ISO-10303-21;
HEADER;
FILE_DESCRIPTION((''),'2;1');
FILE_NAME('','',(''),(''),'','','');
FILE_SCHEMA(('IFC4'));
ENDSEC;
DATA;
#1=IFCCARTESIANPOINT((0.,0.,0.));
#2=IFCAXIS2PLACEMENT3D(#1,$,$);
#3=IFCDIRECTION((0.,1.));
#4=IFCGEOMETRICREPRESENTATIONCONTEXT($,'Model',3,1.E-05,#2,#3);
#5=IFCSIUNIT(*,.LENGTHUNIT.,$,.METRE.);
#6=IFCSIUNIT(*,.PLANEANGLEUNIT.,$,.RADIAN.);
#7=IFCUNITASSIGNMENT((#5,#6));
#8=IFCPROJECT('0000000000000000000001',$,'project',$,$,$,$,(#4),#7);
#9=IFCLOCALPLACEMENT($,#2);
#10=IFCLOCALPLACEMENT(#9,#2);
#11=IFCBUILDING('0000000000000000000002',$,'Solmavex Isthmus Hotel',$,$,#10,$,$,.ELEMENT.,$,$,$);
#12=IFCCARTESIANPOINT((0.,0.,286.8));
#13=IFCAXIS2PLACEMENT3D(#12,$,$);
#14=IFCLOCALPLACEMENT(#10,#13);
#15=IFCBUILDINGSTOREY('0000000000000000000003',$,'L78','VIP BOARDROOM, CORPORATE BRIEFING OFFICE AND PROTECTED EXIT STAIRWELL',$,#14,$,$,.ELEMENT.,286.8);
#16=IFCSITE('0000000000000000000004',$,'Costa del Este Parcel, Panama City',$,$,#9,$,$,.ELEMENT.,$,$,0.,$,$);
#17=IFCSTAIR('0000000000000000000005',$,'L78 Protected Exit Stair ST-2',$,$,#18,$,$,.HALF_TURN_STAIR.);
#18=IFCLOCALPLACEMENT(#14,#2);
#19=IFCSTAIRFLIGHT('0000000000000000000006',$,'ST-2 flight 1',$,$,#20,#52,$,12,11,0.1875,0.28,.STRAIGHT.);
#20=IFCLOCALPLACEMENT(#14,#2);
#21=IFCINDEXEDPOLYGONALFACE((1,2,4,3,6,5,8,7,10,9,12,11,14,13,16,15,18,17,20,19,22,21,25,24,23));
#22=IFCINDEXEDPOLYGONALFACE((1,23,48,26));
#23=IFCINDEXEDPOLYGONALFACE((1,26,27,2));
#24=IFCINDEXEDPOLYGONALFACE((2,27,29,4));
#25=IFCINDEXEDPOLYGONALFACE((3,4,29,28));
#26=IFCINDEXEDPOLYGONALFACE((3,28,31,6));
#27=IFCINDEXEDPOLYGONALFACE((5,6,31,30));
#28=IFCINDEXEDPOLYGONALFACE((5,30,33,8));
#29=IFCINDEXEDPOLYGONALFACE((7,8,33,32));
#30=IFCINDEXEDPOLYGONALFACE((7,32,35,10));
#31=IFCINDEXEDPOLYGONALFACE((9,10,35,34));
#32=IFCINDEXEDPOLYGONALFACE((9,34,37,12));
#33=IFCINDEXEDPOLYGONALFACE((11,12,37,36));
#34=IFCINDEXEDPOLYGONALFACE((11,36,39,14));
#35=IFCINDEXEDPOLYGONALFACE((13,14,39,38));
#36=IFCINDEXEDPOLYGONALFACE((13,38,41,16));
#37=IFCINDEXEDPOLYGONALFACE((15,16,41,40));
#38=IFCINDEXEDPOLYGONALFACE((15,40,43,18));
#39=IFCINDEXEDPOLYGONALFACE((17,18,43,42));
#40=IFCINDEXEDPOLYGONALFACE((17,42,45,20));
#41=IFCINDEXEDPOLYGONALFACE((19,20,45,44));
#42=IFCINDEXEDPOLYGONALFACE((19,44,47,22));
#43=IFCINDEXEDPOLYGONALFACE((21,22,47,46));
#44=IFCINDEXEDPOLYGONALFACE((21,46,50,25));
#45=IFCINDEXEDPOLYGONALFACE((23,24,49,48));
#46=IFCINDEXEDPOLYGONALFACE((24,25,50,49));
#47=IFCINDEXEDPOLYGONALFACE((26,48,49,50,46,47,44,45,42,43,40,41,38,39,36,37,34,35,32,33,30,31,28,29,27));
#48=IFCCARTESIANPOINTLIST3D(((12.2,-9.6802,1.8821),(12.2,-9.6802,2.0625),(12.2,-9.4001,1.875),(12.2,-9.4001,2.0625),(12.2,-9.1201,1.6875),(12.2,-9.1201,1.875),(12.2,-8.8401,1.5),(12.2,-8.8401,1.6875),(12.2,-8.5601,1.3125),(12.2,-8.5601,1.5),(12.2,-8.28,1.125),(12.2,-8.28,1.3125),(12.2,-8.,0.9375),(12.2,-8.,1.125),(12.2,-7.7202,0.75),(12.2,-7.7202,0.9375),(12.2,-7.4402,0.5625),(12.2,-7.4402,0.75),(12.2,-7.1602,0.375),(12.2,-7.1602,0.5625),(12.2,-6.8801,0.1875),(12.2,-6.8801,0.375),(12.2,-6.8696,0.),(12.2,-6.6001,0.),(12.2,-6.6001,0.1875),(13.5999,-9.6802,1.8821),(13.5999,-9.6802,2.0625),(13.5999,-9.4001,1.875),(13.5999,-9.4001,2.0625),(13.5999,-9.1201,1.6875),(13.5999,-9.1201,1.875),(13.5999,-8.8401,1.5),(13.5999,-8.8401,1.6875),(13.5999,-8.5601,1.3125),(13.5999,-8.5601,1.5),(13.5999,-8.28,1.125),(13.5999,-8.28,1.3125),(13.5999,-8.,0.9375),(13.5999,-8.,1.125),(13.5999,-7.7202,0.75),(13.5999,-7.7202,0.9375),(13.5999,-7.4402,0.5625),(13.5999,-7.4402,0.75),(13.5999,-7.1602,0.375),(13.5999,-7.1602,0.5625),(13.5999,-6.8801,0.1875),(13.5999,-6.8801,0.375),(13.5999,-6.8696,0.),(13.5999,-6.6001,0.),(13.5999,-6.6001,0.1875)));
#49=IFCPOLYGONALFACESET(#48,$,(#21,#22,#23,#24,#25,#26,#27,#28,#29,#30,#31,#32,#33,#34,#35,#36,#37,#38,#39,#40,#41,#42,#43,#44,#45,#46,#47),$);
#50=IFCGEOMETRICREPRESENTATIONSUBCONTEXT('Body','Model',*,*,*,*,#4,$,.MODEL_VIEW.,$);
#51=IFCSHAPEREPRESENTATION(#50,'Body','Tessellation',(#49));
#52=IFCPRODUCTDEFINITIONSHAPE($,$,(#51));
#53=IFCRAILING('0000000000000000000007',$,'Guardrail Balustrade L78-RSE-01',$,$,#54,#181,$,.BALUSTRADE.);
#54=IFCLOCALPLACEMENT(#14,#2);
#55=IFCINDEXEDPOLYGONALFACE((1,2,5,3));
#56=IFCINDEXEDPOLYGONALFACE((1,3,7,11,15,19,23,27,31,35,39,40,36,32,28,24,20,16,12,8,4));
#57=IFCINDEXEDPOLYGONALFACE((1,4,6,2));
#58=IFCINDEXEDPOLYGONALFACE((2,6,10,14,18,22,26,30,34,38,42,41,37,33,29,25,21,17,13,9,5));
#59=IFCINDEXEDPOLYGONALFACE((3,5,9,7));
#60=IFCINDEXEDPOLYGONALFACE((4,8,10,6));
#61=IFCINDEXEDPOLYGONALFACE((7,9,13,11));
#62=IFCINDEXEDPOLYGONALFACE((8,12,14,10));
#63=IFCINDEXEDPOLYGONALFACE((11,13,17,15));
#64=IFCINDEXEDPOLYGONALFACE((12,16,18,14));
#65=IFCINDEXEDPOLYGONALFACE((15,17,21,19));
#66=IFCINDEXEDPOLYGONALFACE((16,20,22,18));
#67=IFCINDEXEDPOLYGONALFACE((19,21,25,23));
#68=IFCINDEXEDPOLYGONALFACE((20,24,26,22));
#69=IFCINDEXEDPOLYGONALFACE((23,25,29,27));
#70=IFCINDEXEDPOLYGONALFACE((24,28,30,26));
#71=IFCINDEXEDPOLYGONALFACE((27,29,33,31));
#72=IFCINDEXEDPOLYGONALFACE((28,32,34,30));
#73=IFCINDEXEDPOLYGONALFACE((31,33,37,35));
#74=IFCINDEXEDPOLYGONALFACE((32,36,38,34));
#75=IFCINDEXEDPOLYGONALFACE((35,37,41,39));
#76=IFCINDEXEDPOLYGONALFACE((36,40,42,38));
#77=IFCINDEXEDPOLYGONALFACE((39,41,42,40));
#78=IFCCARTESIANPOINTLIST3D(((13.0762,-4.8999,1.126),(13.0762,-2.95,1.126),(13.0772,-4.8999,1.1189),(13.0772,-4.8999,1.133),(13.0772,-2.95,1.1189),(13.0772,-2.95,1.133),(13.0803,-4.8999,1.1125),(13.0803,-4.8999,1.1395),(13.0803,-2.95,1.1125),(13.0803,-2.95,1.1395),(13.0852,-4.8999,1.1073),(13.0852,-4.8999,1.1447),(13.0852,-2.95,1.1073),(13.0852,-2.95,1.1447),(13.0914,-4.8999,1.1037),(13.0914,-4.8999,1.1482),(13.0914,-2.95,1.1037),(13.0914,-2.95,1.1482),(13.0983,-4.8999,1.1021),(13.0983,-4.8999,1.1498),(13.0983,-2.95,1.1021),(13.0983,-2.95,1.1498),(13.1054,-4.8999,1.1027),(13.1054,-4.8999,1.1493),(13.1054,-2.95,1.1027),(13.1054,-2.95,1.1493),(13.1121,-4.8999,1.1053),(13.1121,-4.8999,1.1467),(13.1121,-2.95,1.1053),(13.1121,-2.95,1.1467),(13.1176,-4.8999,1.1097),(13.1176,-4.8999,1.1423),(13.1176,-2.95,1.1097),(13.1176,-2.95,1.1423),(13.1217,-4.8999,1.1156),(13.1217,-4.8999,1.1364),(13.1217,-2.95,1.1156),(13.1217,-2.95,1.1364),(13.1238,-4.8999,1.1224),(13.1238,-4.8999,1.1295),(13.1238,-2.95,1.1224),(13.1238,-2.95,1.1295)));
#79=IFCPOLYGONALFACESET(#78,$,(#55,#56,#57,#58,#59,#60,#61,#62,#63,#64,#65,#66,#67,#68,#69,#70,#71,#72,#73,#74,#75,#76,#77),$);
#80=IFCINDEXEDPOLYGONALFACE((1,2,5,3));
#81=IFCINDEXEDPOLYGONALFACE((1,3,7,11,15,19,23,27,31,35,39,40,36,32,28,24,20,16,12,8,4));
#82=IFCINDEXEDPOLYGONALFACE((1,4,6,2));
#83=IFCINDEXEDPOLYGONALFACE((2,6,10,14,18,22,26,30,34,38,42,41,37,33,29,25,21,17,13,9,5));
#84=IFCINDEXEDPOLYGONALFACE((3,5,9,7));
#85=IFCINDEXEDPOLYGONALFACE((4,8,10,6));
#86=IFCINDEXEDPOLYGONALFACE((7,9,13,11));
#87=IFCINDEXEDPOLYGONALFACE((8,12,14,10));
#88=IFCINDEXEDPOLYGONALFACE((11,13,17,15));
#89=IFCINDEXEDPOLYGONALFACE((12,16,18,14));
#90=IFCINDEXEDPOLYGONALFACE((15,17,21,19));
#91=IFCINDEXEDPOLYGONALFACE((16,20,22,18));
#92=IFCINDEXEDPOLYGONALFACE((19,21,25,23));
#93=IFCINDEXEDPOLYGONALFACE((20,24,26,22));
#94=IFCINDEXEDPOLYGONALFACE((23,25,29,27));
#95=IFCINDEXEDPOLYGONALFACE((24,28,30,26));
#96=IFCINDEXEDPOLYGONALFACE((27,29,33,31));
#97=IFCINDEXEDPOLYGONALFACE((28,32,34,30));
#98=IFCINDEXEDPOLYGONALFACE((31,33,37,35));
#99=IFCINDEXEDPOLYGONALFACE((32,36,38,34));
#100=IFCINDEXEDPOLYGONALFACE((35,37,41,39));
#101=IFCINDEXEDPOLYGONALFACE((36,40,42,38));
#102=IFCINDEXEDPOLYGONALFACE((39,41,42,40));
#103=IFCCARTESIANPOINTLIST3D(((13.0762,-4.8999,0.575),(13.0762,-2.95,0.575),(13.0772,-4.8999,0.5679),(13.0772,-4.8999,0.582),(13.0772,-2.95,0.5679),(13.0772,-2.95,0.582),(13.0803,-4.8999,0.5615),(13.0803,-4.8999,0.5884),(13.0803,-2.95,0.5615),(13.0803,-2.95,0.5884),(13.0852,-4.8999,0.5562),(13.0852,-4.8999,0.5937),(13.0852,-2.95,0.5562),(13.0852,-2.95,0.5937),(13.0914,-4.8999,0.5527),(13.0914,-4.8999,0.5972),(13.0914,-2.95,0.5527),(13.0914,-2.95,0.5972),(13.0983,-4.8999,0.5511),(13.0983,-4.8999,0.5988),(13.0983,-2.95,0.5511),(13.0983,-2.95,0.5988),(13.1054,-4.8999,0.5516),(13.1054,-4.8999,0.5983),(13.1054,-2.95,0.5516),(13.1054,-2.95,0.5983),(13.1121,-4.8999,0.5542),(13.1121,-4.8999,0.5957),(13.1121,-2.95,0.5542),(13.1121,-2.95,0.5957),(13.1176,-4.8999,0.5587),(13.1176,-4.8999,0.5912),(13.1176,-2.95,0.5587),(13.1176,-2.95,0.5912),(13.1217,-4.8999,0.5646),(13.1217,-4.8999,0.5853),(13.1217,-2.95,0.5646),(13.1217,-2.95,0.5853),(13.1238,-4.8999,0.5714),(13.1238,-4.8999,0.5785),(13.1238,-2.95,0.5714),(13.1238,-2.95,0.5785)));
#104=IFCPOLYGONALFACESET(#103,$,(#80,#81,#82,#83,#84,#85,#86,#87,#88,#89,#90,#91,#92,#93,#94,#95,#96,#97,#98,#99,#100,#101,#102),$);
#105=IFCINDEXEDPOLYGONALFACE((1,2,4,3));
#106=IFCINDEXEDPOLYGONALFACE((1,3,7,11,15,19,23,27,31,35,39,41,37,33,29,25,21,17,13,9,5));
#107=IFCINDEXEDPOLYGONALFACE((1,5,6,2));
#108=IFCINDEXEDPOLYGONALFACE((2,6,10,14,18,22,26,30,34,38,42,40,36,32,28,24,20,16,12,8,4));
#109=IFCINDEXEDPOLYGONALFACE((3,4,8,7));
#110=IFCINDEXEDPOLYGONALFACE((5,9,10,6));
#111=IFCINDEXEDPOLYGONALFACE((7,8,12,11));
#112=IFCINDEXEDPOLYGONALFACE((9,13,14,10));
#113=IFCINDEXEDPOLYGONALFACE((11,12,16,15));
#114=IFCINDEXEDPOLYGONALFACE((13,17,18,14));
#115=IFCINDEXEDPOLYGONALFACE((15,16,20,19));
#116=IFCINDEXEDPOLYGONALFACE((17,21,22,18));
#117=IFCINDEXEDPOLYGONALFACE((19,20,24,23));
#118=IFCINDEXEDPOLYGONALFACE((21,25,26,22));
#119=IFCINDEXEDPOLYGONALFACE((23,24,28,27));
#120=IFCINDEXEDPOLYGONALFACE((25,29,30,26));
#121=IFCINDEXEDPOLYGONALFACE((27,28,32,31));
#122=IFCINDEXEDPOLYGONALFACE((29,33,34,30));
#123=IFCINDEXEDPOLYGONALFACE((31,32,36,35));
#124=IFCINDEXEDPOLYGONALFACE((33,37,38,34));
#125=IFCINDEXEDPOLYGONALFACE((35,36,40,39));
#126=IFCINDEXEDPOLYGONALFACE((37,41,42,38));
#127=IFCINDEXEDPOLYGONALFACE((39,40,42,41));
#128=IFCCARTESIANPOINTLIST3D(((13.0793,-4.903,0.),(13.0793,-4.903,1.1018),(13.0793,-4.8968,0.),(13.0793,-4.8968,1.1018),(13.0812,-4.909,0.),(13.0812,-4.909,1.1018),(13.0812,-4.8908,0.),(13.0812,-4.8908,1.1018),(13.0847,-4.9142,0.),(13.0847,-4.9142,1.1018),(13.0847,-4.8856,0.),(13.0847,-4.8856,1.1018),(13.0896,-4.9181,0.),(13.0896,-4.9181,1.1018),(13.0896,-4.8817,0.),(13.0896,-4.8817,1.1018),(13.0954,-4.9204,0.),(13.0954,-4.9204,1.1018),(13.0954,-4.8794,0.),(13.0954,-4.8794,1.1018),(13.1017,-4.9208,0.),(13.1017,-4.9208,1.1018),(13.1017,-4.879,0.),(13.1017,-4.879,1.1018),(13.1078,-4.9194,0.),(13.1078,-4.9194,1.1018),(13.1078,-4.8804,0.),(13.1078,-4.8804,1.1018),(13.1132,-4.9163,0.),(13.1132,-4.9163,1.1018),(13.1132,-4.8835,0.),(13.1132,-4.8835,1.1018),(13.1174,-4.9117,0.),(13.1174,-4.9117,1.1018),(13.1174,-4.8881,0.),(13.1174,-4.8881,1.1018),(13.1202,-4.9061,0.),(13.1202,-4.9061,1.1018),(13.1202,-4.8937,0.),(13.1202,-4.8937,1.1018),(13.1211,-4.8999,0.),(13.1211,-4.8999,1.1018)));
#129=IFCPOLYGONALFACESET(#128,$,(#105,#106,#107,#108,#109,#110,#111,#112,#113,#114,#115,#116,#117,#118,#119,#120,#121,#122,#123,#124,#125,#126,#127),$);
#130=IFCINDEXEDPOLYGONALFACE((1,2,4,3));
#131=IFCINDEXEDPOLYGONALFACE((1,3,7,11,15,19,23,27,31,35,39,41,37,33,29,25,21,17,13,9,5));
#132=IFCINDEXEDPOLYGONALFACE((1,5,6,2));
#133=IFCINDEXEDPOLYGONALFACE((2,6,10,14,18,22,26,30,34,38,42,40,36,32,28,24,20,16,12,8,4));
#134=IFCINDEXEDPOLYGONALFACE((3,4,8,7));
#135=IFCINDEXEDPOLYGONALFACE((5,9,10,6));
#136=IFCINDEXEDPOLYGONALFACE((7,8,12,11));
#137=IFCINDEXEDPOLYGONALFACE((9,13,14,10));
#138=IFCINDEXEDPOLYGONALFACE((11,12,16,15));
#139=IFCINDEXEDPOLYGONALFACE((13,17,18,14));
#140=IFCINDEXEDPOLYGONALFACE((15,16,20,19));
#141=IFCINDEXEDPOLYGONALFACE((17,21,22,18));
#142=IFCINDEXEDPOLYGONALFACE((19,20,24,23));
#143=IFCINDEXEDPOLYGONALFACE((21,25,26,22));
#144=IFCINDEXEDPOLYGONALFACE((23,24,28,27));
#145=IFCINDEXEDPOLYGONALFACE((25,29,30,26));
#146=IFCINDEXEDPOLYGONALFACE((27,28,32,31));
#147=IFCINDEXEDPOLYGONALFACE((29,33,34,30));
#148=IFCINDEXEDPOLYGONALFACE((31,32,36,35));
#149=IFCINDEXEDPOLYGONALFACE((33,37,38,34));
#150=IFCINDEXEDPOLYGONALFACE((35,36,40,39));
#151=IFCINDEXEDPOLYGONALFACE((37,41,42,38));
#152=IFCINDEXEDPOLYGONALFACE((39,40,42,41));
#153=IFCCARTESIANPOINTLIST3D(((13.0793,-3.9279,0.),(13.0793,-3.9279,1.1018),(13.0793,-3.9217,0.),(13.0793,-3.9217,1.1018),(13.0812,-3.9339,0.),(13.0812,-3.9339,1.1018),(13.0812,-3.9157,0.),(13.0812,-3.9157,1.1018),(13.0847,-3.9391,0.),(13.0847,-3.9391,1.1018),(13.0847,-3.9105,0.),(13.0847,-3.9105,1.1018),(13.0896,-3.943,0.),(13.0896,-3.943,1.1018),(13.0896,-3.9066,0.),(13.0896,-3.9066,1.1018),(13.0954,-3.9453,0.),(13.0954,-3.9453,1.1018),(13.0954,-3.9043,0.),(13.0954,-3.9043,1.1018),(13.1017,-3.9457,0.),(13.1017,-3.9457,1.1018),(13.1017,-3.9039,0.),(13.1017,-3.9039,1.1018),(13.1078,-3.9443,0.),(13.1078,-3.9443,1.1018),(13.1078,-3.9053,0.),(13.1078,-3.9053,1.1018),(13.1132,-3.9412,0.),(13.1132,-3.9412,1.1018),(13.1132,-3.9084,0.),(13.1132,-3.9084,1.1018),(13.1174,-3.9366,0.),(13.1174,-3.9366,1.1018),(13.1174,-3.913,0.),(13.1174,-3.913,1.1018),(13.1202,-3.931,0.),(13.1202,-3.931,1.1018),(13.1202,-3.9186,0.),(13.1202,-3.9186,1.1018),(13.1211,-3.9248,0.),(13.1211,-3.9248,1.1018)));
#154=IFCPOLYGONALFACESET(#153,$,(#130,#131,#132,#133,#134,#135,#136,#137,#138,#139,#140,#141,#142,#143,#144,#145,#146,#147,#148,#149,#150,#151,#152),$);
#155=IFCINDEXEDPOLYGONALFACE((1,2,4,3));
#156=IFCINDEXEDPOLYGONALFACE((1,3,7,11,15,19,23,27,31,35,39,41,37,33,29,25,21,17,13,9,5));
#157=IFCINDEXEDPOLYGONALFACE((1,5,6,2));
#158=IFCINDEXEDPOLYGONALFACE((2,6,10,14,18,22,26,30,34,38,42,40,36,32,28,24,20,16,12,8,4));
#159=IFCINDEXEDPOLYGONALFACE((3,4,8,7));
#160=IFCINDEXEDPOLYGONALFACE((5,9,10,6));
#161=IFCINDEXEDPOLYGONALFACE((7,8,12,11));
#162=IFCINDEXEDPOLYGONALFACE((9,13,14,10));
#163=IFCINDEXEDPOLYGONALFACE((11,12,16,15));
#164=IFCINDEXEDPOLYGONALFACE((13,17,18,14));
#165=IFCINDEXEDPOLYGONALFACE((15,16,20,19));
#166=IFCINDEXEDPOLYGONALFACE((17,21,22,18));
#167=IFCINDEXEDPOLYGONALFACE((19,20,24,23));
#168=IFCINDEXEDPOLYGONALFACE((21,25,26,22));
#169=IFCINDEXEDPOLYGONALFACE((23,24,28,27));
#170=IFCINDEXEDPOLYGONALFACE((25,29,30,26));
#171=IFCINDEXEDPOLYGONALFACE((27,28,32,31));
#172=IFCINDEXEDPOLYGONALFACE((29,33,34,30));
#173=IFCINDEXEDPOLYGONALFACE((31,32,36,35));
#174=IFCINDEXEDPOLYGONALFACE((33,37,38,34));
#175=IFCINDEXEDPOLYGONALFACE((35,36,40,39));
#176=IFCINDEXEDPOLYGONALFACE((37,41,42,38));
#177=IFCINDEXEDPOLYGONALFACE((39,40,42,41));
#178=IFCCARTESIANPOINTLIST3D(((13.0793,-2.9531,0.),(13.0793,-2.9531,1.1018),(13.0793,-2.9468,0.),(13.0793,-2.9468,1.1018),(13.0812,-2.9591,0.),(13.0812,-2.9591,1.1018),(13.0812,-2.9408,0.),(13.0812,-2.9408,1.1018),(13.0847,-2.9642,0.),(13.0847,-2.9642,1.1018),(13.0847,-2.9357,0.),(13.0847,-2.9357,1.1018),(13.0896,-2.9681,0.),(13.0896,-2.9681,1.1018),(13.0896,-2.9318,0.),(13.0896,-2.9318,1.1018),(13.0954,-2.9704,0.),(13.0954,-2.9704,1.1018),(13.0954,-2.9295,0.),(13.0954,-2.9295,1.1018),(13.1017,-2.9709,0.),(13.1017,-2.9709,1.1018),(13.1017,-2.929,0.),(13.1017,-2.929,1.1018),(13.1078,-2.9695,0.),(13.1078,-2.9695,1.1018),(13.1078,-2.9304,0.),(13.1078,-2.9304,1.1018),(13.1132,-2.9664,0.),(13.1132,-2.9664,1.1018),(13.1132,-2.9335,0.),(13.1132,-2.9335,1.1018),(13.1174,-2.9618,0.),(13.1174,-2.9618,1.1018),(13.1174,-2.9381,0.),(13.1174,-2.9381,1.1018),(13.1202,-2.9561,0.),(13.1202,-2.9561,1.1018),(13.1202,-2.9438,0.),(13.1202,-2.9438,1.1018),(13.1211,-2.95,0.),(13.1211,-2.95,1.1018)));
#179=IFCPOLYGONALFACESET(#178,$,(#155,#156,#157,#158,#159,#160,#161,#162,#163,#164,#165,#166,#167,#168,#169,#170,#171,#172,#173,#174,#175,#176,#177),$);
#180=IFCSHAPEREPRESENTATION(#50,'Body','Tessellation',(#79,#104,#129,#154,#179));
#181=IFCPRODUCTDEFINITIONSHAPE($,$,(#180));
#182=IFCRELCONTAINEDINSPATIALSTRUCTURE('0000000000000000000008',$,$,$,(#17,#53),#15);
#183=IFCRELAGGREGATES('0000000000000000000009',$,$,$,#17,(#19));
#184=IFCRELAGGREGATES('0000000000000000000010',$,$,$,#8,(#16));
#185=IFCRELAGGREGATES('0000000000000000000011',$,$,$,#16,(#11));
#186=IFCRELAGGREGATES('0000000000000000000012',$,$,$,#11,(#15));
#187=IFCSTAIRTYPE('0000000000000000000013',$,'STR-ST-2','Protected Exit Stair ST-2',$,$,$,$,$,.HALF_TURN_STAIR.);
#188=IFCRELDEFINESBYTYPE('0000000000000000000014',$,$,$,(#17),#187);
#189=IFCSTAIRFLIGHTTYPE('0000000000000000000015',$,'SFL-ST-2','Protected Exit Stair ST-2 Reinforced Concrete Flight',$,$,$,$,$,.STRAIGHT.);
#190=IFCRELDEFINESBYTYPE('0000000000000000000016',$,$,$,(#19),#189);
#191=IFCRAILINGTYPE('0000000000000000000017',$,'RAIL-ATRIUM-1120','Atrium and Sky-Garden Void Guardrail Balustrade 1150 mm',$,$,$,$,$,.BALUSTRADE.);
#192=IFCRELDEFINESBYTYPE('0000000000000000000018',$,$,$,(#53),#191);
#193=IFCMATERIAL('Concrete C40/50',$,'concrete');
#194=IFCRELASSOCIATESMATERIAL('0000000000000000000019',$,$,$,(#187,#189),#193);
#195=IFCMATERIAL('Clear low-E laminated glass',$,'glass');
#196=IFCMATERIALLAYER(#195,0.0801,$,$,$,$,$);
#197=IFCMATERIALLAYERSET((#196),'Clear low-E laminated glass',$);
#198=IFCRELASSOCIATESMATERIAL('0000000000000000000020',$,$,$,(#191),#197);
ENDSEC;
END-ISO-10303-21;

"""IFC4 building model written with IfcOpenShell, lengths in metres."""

from ifc_helpers import new_model, si_unit, direction, frame, origin, origin_2d, place, context, subcontext, project, spatial, polyline, circle, outline, extrude, material, layer, layer_set, type_object, element, aggregate, save


model = new_model("IFC4")

# Units and contexts
model_context = context("Model", 3, precision=1e-05, world=origin(), true_north=direction((0.0, 1.0)))
body_context = subcontext(model_context, "Body", "Model", "MODEL_VIEW")
ifc_project = project(units=[si_unit("LENGTHUNIT", "METRE"), si_unit("PLANEANGLEUNIT", "RADIAN")], contexts=[model_context])

# Site, building, storey
site_placement = place(None, origin())
site = spatial("IfcSite", under=ifc_project, at=site_placement, Name="Costa del Este Parcel, Panama City", CompositionType="ELEMENT", RefElevation=0.0)
building_placement = place(site_placement, origin())
building = spatial("IfcBuilding", under=site, at=building_placement, Name="Solmavex Isthmus Hotel", CompositionType="ELEMENT")
storey_placement = place(building_placement, frame((0.0, 0.0, 286.8)))
storey = spatial("IfcBuildingStorey", under=building, at=storey_placement, Name="L78", Description="VIP BOARDROOM, CORPORATE BRIEFING OFFICE AND PROTECTED EXIT STAIRWELL", CompositionType="ELEMENT", Elevation=286.8)

# Shared definitions
ifc_material_1 = material(Name="Clear low-E laminated glass", Category="glass")

# Shared definitions
ifc_material_2 = material(Name="Concrete C40/50", Category="concrete")

# Stair, stair flight
stair_type = type_object("IfcStairType", Name="STR-ST-2", Description="Protected Exit Stair ST-2", PredefinedType="HALF_TURN_STAIR", material=ifc_material_2)
stair_placement = place(storey_placement, origin())
stair = element("IfcStair", 1, at=stair_placement, inside=storey, type_object=stair_type, Name="L78 Protected Exit Stair ST-2", PredefinedType="HALF_TURN_STAIR")
stair_flight_type = type_object("IfcStairFlightType", Name="SFL-ST-2", Description="Protected Exit Stair ST-2 Reinforced Concrete Flight", PredefinedType="STRAIGHT", material=ifc_material_2)
stair_flight_placement = place(storey_placement, frame((12.8999, -6.6001, 0.0), z_axis=(0.0, 0.0, 1.0), x_axis=(0.0, -1.0, 0.0)))
stair_flight = element("IfcStairFlight", 2, at=stair_flight_placement, type_object=stair_flight_type, Name="ST-2 flight 1", NumberOfRisers=12, NumberOfTreads=11, PredefinedType="STRAIGHT", RiserHeight=0.1875, TreadLength=0.28, context=body_context, shape_type="SweptSolid", body=[
    extrude(outline(polyline([(0.0, 0.0), (0.0, 0.1875), (0.28, 0.1875), (0.28, 0.375), (0.5601, 0.375), (0.5601, 0.5625), (0.8401, 0.5625), (0.8401, 0.75), (1.1201, 0.75), (1.1201, 0.9375), (1.3999, 0.9375), (1.3999, 1.125), (1.6799, 1.125), (1.6799, 1.3125), (1.96, 1.3125), (1.96, 1.5), (2.24, 1.5), (2.24, 1.6875), (2.52, 1.6875), (2.52, 1.875), (2.8, 1.875), (2.8, 2.0625), (3.0801, 2.0625), (3.0801, 2.25), (3.0801, 1.8821), (0.2695, 0.0), (0.0, 0.0)])), frame((0.0, 0.7, 0.0), z_axis=(0.0, -1.0, 0.0), x_axis=(1.0, 0.0, 0.0)), (0.0, 0.0, 1.0), 1.3999),
])
aggregate(stair, [stair_flight])

# Railing
ifc_layer_1 = layer(ifc_material_1, 0.0801)
ifc_layer_set_1 = layer_set([ifc_layer_1], Name="Clear low-E laminated glass")
railing_type_1 = type_object("IfcRailingType", Name="RAIL-ATRIUM-1120", Description="Atrium and Sky-Garden Void Guardrail Balustrade 1150 mm", PredefinedType="BALUSTRADE", material=ifc_layer_set_1)
railing_1_placement = place(storey_placement, frame((13.1001, -4.8999, 0.0)))
element("IfcRailing", 3, at=railing_1_placement, inside=storey, type_object=railing_type_1, Name="Guardrail Balustrade L78-RSE-01", PredefinedType="BALUSTRADE", context=body_context, shape_type="SweptSolid", body=[
    extrude(circle(Radius=0.0239, at=origin_2d()), frame((0.0, 0.0, 1.126), z_axis=(0.0, 1.0, 0.0), x_axis=(-1.0, 0.0, 0.0)), (0.0, 0.0, 1.0), 1.95),
    extrude(circle(Radius=0.0239, at=origin_2d()), frame((0.0, 0.0, 0.575), z_axis=(0.0, 1.0, 0.0), x_axis=(-1.0, 0.0, 0.0)), (0.0, 0.0, 1.0), 1.95),
    extrude(circle(Radius=0.021, at=origin_2d()), origin(), (0.0, 0.0, 1.0), 1.1018),
    extrude(circle(Radius=0.021, at=origin_2d()), frame((0.0, 0.9751, 0.0)), (0.0, 0.0, 1.0), 1.1018),
    extrude(circle(Radius=0.021, at=origin_2d()), frame((0.0, 1.95, 0.0)), (0.0, 0.0, 1.0), 1.1018),
])

save(model, "model.ifc")
